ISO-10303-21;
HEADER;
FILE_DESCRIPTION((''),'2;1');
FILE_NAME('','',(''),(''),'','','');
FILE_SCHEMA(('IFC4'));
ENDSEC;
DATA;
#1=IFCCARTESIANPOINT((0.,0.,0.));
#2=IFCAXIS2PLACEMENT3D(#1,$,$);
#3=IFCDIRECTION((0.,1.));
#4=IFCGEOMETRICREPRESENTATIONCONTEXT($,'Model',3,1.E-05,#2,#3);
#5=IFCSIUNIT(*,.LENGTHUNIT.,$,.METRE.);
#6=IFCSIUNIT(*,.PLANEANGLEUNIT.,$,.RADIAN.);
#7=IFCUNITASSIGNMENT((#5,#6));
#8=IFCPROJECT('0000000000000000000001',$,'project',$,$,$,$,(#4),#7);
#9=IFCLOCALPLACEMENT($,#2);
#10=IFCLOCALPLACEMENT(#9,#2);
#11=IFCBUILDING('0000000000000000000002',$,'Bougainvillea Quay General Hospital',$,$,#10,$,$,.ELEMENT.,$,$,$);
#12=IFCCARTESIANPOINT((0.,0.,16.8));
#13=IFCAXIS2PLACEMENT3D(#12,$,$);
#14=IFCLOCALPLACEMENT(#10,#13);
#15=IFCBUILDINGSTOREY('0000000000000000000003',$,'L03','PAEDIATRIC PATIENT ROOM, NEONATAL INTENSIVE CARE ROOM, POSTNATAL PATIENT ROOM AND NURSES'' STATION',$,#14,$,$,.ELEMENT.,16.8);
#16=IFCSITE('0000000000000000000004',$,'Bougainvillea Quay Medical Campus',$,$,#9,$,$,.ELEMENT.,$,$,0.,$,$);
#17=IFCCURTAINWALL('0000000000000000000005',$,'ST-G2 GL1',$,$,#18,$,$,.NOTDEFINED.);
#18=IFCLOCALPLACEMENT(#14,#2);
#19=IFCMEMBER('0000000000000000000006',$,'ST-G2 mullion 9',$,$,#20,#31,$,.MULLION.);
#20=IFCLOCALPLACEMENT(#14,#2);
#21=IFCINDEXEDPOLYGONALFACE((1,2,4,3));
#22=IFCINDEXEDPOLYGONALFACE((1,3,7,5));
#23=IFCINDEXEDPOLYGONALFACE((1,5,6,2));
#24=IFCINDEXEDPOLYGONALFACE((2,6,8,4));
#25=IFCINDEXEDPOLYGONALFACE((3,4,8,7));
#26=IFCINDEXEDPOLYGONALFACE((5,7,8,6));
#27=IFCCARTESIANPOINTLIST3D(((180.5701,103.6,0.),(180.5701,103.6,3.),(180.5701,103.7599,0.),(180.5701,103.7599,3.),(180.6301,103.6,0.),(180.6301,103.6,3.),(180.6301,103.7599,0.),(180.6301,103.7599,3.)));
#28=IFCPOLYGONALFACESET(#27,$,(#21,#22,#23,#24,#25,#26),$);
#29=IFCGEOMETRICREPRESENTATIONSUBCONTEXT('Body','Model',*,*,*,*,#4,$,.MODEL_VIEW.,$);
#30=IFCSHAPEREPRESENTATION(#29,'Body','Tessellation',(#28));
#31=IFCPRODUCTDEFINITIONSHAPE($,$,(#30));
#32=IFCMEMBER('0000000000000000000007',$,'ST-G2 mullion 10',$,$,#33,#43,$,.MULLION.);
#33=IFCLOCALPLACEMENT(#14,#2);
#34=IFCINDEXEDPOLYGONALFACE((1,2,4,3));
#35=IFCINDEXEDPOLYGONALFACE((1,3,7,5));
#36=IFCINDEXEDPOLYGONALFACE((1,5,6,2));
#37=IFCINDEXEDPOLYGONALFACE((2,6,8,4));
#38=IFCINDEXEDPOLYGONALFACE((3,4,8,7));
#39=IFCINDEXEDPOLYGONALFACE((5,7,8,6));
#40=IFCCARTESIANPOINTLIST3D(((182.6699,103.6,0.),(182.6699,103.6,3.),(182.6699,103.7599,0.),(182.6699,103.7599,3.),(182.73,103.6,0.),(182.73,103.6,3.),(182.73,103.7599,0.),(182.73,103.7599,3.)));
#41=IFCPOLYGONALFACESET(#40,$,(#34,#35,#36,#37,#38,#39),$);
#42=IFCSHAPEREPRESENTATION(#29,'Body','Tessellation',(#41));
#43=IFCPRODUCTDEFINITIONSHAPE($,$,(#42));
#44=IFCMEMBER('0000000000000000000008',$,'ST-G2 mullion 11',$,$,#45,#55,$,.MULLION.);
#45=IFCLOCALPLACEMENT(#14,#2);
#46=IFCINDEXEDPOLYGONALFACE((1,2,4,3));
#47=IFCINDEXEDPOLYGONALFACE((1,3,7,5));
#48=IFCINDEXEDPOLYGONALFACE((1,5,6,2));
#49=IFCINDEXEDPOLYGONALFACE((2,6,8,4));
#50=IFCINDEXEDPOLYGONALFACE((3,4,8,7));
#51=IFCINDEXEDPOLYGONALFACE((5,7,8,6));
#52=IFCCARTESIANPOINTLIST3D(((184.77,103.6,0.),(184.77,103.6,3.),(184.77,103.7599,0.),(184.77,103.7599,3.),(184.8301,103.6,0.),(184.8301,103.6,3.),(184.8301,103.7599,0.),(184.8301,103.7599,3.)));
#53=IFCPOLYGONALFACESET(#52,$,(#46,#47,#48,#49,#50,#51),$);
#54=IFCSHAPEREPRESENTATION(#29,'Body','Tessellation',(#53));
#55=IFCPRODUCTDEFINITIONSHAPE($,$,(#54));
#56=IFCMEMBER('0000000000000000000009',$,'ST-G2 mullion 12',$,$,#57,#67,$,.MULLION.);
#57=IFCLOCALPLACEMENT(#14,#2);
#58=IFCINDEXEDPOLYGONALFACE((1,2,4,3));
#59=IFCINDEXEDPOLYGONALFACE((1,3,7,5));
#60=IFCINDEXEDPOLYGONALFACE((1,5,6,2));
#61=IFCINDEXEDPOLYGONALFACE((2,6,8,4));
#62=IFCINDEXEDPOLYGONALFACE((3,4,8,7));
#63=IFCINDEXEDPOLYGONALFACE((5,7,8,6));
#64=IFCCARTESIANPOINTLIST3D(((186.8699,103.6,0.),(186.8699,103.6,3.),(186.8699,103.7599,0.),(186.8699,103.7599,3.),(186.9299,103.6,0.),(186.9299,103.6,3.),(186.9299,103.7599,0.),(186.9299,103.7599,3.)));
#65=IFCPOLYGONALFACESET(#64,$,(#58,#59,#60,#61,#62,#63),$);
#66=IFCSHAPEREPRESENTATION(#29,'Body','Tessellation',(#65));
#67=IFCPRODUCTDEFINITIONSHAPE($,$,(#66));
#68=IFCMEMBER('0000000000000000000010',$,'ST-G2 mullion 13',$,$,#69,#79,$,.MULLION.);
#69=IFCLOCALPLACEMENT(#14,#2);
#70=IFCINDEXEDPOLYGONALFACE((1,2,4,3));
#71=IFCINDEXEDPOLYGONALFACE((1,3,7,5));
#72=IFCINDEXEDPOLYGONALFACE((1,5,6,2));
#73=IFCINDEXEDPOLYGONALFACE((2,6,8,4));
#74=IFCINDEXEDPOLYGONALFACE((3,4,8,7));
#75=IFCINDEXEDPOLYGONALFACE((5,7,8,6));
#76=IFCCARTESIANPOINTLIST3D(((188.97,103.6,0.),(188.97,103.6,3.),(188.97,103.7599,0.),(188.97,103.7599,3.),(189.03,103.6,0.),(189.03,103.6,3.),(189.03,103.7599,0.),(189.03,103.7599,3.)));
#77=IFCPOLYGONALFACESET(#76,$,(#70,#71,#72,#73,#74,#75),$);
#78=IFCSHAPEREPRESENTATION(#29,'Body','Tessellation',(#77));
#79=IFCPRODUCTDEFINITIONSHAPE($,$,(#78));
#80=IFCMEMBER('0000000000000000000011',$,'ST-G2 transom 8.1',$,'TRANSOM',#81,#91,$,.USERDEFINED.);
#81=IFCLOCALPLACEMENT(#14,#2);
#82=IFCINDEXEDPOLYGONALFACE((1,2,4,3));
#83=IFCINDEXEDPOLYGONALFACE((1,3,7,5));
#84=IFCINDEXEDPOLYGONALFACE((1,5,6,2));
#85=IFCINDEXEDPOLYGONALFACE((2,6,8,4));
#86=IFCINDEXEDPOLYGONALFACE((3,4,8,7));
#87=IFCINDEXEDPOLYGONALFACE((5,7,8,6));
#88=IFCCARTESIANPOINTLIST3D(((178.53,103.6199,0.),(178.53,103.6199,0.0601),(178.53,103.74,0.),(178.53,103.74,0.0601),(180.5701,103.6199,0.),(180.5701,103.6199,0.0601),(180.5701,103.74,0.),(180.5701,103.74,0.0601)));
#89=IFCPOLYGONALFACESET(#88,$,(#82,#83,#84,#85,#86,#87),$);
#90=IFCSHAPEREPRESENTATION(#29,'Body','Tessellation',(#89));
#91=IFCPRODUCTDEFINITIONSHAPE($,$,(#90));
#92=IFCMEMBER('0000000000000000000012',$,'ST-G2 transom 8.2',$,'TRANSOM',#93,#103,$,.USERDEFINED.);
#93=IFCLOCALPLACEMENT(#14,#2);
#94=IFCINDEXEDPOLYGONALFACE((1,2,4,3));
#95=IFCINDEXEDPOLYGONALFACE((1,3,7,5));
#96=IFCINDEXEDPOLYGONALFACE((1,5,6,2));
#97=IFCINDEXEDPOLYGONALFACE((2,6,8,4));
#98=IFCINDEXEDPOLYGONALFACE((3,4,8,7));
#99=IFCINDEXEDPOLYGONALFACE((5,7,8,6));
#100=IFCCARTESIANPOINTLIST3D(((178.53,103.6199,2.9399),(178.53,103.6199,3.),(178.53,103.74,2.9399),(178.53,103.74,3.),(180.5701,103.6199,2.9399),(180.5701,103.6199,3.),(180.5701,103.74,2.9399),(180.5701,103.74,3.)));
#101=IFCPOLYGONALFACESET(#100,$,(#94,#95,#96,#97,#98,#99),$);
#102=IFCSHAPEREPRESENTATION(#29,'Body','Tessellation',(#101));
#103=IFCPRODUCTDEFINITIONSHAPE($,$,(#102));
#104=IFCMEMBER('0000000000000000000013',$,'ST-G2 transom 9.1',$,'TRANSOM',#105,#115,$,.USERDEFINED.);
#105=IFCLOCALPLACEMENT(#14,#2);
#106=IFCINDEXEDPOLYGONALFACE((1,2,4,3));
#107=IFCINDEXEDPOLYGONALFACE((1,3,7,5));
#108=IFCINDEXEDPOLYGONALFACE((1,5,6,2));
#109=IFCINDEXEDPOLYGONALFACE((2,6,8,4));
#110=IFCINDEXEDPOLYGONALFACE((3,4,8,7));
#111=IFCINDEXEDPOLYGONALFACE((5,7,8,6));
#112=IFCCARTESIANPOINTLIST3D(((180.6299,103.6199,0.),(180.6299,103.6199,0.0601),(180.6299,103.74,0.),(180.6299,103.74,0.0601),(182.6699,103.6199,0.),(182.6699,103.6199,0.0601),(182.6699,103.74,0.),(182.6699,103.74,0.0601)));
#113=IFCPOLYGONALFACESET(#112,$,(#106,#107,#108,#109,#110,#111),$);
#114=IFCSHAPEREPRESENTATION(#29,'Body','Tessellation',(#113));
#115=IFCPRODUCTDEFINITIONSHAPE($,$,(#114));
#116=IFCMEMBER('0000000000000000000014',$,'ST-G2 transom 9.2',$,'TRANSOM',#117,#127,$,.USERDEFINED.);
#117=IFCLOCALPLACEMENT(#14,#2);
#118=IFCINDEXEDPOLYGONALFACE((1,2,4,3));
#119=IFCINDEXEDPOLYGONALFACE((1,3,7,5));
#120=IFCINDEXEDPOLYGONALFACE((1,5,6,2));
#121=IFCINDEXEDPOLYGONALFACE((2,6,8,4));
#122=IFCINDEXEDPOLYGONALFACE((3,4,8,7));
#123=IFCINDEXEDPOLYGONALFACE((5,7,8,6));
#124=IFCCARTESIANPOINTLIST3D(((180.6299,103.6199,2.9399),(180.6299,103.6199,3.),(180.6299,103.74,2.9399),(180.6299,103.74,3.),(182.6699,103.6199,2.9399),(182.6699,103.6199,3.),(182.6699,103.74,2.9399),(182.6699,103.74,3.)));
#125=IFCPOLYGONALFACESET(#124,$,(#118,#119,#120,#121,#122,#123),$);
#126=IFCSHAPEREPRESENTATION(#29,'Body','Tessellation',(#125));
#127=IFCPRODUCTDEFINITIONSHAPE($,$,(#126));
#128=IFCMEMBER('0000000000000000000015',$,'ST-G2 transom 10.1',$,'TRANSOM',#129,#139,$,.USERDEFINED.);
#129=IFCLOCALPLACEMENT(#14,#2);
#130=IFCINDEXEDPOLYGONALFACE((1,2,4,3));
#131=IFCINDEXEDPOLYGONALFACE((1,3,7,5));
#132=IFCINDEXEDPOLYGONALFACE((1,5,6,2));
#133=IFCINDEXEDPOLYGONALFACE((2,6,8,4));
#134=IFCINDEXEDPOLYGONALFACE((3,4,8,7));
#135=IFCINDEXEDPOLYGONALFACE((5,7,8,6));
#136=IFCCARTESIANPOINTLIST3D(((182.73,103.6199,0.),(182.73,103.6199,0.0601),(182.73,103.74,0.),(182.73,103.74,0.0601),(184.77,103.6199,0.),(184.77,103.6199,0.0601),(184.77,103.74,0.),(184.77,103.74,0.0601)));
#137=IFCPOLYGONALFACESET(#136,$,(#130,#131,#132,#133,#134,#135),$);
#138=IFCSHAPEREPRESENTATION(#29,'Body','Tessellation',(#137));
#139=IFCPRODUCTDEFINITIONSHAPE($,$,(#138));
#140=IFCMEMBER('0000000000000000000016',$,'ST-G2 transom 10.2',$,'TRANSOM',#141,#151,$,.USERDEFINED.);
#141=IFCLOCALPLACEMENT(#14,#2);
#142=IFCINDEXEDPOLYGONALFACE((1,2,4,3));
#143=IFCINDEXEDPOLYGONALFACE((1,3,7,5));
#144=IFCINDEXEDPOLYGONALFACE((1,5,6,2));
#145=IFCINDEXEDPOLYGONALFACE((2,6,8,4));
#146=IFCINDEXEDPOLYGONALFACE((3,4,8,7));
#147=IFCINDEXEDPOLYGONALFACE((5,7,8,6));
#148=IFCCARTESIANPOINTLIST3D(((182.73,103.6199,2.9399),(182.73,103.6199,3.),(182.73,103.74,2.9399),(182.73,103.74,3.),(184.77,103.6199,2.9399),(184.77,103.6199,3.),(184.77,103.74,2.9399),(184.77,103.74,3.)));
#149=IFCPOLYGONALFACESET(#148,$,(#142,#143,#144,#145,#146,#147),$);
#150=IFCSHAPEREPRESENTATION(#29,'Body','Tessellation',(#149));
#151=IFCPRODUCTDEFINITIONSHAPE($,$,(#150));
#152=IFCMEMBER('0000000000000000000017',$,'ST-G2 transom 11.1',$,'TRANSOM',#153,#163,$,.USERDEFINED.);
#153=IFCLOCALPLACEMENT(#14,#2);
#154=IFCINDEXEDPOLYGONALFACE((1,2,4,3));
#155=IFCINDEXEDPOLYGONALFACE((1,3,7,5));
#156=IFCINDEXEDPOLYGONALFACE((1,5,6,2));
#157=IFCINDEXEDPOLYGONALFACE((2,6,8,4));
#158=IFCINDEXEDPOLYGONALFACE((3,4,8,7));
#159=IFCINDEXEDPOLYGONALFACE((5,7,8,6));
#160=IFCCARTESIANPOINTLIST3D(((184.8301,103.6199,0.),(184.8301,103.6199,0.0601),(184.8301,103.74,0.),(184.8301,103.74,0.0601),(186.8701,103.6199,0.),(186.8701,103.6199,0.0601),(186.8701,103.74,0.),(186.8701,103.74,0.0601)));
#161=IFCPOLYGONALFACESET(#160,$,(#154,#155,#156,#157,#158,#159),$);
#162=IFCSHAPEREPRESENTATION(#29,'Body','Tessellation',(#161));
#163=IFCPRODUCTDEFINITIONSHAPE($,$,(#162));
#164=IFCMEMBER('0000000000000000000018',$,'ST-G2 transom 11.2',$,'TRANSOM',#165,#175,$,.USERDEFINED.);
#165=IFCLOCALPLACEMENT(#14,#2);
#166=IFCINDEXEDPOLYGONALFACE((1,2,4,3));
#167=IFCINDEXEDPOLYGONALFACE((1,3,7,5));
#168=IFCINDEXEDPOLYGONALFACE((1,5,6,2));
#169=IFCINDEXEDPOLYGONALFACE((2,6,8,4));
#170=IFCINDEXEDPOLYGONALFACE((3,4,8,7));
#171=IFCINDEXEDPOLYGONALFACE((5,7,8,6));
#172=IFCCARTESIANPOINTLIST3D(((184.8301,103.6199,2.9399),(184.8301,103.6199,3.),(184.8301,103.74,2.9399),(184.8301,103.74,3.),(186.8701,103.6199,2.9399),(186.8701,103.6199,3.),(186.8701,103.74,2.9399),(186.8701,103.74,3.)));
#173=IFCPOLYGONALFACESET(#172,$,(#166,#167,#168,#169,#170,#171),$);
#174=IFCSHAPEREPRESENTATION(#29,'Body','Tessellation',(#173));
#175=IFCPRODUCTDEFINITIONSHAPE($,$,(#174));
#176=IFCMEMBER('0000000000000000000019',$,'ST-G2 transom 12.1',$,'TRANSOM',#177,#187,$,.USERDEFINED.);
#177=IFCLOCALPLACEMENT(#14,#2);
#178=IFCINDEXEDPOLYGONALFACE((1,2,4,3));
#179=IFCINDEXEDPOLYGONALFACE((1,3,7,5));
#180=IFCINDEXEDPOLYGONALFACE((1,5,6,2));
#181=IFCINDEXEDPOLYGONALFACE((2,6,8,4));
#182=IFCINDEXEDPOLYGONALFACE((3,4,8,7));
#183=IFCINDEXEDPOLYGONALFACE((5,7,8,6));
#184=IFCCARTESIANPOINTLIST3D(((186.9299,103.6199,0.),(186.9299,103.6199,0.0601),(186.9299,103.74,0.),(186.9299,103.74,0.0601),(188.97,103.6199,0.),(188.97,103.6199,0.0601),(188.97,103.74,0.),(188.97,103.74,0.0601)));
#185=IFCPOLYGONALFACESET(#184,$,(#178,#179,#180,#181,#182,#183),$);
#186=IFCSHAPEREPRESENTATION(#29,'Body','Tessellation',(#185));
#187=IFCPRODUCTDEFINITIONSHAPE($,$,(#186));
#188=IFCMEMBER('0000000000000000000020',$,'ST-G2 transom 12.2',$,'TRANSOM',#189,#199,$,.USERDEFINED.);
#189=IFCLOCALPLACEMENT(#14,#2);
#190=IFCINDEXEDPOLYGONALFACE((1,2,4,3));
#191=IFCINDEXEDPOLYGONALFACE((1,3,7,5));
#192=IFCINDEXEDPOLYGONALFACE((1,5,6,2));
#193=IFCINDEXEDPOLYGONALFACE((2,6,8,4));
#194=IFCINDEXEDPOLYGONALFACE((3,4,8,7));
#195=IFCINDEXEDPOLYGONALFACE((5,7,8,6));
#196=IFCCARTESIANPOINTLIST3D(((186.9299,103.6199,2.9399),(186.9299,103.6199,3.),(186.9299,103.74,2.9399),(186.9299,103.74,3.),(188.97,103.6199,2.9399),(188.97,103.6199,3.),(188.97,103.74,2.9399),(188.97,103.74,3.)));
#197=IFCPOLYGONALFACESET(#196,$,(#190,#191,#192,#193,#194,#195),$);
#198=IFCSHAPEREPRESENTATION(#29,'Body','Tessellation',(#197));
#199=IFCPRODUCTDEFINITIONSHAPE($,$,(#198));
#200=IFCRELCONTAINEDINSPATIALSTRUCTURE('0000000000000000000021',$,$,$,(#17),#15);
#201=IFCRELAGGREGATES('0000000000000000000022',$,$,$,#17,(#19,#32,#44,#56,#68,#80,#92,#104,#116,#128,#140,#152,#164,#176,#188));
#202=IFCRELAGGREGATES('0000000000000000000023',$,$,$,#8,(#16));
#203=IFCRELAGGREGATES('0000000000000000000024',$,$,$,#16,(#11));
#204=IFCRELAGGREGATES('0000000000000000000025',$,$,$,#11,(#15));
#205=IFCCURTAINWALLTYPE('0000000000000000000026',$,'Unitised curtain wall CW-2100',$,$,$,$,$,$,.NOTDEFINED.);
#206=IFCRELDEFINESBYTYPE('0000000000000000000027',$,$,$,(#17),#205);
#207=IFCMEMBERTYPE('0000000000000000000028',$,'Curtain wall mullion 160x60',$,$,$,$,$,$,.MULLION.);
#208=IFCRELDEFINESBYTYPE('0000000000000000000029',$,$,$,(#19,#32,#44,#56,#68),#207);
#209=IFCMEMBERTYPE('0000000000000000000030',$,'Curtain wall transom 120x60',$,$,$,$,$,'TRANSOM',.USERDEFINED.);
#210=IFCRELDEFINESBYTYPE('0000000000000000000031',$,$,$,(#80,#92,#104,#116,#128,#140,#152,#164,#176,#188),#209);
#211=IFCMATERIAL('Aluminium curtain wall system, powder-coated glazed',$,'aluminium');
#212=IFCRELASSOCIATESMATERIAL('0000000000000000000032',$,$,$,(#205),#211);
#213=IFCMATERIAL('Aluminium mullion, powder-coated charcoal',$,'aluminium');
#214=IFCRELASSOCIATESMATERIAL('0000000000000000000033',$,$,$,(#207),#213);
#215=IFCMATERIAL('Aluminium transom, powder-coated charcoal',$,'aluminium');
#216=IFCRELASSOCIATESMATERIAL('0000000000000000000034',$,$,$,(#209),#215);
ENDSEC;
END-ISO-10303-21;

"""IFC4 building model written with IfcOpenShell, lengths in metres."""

from ifc_helpers import new_model, si_unit, direction, frame, origin, origin_2d, place, context, subcontext, project, spatial, rectangle, extrude, material, material_profile, profile_set, type_object, element, aggregate, save


model = new_model("IFC4")

# Units and contexts
model_context = context("Model", 3, precision=1e-05, world=origin(), true_north=direction((0.0, 1.0)))
body_context = subcontext(model_context, "Body", "Model", "MODEL_VIEW")
ifc_project = project(units=[si_unit("LENGTHUNIT", "METRE"), si_unit("PLANEANGLEUNIT", "RADIAN")], contexts=[model_context])

# Site, building, storey
site_placement = place(None, origin())
site = spatial("IfcSite", under=ifc_project, at=site_placement, Name="Bougainvillea Quay Medical Campus", CompositionType="ELEMENT", RefElevation=0.0)
building_placement = place(site_placement, origin())
building = spatial("IfcBuilding", under=site, at=building_placement, Name="Bougainvillea Quay General Hospital", CompositionType="ELEMENT")
storey_placement = place(building_placement, frame((0.0, 0.0, 16.8)))
storey = spatial("IfcBuildingStorey", under=building, at=storey_placement, Name="L03", Description="PAEDIATRIC PATIENT ROOM, NEONATAL INTENSIVE CARE ROOM, POSTNATAL PATIENT ROOM AND NURSES' STATION", CompositionType="ELEMENT", Elevation=16.8)

# Curtain wall, members
ifc_material_1 = material(Name="Aluminium curtain wall system, powder-coated glazed", Category="aluminium")
curtain_wall_type = type_object("IfcCurtainWallType", Name="Unitised curtain wall CW-2100", PredefinedType="NOTDEFINED", material=ifc_material_1)
curtain_wall_placement = place(storey_placement, origin())
curtain_wall = element("IfcCurtainWall", 1, at=curtain_wall_placement, inside=storey, type_object=curtain_wall_type, Name="ST-G2 GL1", PredefinedType="NOTDEFINED")
ifc_material_2 = material(Name="Aluminium mullion, powder-coated charcoal", Category="aluminium")
ifc_material_profile_1 = material_profile(ifc_material_2, rectangle(XDim=0.1599, YDim=0.0601, at=origin_2d()))
ifc_profile_set_1 = profile_set([ifc_material_profile_1], Name="Aluminium mullion, powder-coated charcoal")
member_type_1 = type_object("IfcMemberType", Name="Curtain wall mullion 160x60", PredefinedType="MULLION", material=ifc_profile_set_1)
member_1_placement = place(storey_placement, frame((180.6001, 103.6799, 0.0), z_axis=(0.0, 0.0, 1.0), x_axis=(0.0, 1.0, 0.0)))
member_1 = element("IfcMember", 2, at=member_1_placement, type_object=member_type_1, Name="ST-G2 mullion 9", PredefinedType="MULLION", context=body_context, shape_type="SweptSolid", body=[
    extrude(rectangle(XDim=0.1599, YDim=0.0601, at=origin_2d()), origin(), (0.0, 0.0, 1.0), 3.0),
])
member_2_placement = place(storey_placement, frame((182.7, 103.6799, 0.0), z_axis=(0.0, 0.0, 1.0), x_axis=(0.0, 1.0, 0.0)))
member_2 = element("IfcMember", 3, at=member_2_placement, type_object=member_type_1, Name="ST-G2 mullion 10", PredefinedType="MULLION", context=body_context, shape_type="SweptSolid", body=[
    extrude(rectangle(XDim=0.1599, YDim=0.0601, at=origin_2d()), origin(), (0.0, 0.0, 1.0), 3.0),
])
member_3_placement = place(storey_placement, frame((184.8, 103.6799, 0.0), z_axis=(0.0, 0.0, 1.0), x_axis=(0.0, 1.0, 0.0)))
member_3 = element("IfcMember", 4, at=member_3_placement, type_object=member_type_1, Name="ST-G2 mullion 11", PredefinedType="MULLION", context=body_context, shape_type="SweptSolid", body=[
    extrude(rectangle(XDim=0.1599, YDim=0.0601, at=origin_2d()), origin(), (0.0, 0.0, 1.0), 3.0),
])
member_4_placement = place(storey_placement, frame((186.8999, 103.6799, 0.0), z_axis=(0.0, 0.0, 1.0), x_axis=(0.0, 1.0, 0.0)))
member_4 = element("IfcMember", 5, at=member_4_placement, type_object=member_type_1, Name="ST-G2 mullion 12", PredefinedType="MULLION", context=body_context, shape_type="SweptSolid", body=[
    extrude(rectangle(XDim=0.1599, YDim=0.0601, at=origin_2d()), origin(), (0.0, 0.0, 1.0), 3.0),
])
member_5_placement = place(storey_placement, frame((189.0, 103.6799, 0.0), z_axis=(0.0, 0.0, 1.0), x_axis=(0.0, 1.0, 0.0)))
member_5 = element("IfcMember", 6, at=member_5_placement, type_object=member_type_1, Name="ST-G2 mullion 13", PredefinedType="MULLION", context=body_context, shape_type="SweptSolid", body=[
    extrude(rectangle(XDim=0.1599, YDim=0.0601, at=origin_2d()), origin(), (0.0, 0.0, 1.0), 3.0),
])
ifc_material_3 = material(Name="Aluminium transom, powder-coated charcoal", Category="aluminium")
ifc_material_profile_2 = material_profile(ifc_material_3, rectangle(XDim=0.1201, YDim=0.0601, at=origin_2d()))
ifc_profile_set_2 = profile_set([ifc_material_profile_2], Name="Aluminium transom, powder-coated charcoal")
member_type_2 = type_object("IfcMemberType", Name="Curtain wall transom 120x60", ElementType="TRANSOM", PredefinedType="USERDEFINED", material=ifc_profile_set_2)
member_6_placement = place(storey_placement, frame((178.53, 103.6799, 0.03), z_axis=(1.0, 0.0, 0.0), x_axis=(0.0, 1.0, 0.0)))
member_6 = element("IfcMember", 7, at=member_6_placement, type_object=member_type_2, Name="ST-G2 transom 8.1", ObjectType="TRANSOM", PredefinedType="USERDEFINED", context=body_context, shape_type="SweptSolid", body=[
    extrude(rectangle(XDim=0.1201, YDim=0.0601, at=origin_2d()), origin(), (0.0, 0.0, 1.0), 2.04),
])
member_7_placement = place(storey_placement, frame((178.53, 103.6799, 2.97), z_axis=(1.0, 0.0, 0.0), x_axis=(0.0, 1.0, 0.0)))
member_7 = element("IfcMember", 8, at=member_7_placement, type_object=member_type_2, Name="ST-G2 transom 8.2", ObjectType="TRANSOM", PredefinedType="USERDEFINED", context=body_context, shape_type="SweptSolid", body=[
    extrude(rectangle(XDim=0.1201, YDim=0.0601, at=origin_2d()), origin(), (0.0, 0.0, 1.0), 2.04),
])
member_8_placement = place(storey_placement, frame((180.6299, 103.6799, 0.03), z_axis=(1.0, 0.0, 0.0), x_axis=(0.0, 1.0, 0.0)))
member_8 = element("IfcMember", 9, at=member_8_placement, type_object=member_type_2, Name="ST-G2 transom 9.1", ObjectType="TRANSOM", PredefinedType="USERDEFINED", context=body_context, shape_type="SweptSolid", body=[
    extrude(rectangle(XDim=0.1201, YDim=0.0601, at=origin_2d()), origin(), (0.0, 0.0, 1.0), 2.04),
])
member_9_placement = place(storey_placement, frame((180.6299, 103.6799, 2.97), z_axis=(1.0, 0.0, 0.0), x_axis=(0.0, 1.0, 0.0)))
member_9 = element("IfcMember", 10, at=member_9_placement, type_object=member_type_2, Name="ST-G2 transom 9.2", ObjectType="TRANSOM", PredefinedType="USERDEFINED", context=body_context, shape_type="SweptSolid", body=[
    extrude(rectangle(XDim=0.1201, YDim=0.0601, at=origin_2d()), origin(), (0.0, 0.0, 1.0), 2.04),
])
member_10_placement = place(storey_placement, frame((182.73, 103.6799, 0.03), z_axis=(1.0, 0.0, 0.0), x_axis=(0.0, 1.0, 0.0)))
member_10 = element("IfcMember", 11, at=member_10_placement, type_object=member_type_2, Name="ST-G2 transom 10.1", ObjectType="TRANSOM", PredefinedType="USERDEFINED", context=body_context, shape_type="SweptSolid", body=[
    extrude(rectangle(XDim=0.1201, YDim=0.0601, at=origin_2d()), origin(), (0.0, 0.0, 1.0), 2.04),
])
member_11_placement = place(storey_placement, frame((182.73, 103.6799, 2.97), z_axis=(1.0, 0.0, 0.0), x_axis=(0.0, 1.0, 0.0)))
member_11 = element("IfcMember", 12, at=member_11_placement, type_object=member_type_2, Name="ST-G2 transom 10.2", ObjectType="TRANSOM", PredefinedType="USERDEFINED", context=body_context, shape_type="SweptSolid", body=[
    extrude(rectangle(XDim=0.1201, YDim=0.0601, at=origin_2d()), origin(), (0.0, 0.0, 1.0), 2.04),
])
member_12_placement = place(storey_placement, frame((184.8301, 103.6799, 0.03), z_axis=(1.0, 0.0, 0.0), x_axis=(0.0, 1.0, 0.0)))
member_12 = element("IfcMember", 13, at=member_12_placement, type_object=member_type_2, Name="ST-G2 transom 11.1", ObjectType="TRANSOM", PredefinedType="USERDEFINED", context=body_context, shape_type="SweptSolid", body=[
    extrude(rectangle(XDim=0.1201, YDim=0.0601, at=origin_2d()), origin(), (0.0, 0.0, 1.0), 2.04),
])
member_13_placement = place(storey_placement, frame((184.8301, 103.6799, 2.97), z_axis=(1.0, 0.0, 0.0), x_axis=(0.0, 1.0, 0.0)))
member_13 = element("IfcMember", 14, at=member_13_placement, type_object=member_type_2, Name="ST-G2 transom 11.2", ObjectType="TRANSOM", PredefinedType="USERDEFINED", context=body_context, shape_type="SweptSolid", body=[
    extrude(rectangle(XDim=0.1201, YDim=0.0601, at=origin_2d()), origin(), (0.0, 0.0, 1.0), 2.04),
])
member_14_placement = place(storey_placement, frame((186.9299, 103.6799, 0.03), z_axis=(1.0, 0.0, 0.0), x_axis=(0.0, 1.0, 0.0)))
member_14 = element("IfcMember", 15, at=member_14_placement, type_object=member_type_2, Name="ST-G2 transom 12.1", ObjectType="TRANSOM", PredefinedType="USERDEFINED", context=body_context, shape_type="SweptSolid", body=[
    extrude(rectangle(XDim=0.1201, YDim=0.0601, at=origin_2d()), origin(), (0.0, 0.0, 1.0), 2.04),
])
member_15_placement = place(storey_placement, frame((186.9299, 103.6799, 2.97), z_axis=(1.0, 0.0, 0.0), x_axis=(0.0, 1.0, 0.0)))
member_15 = element("IfcMember", 16, at=member_15_placement, type_object=member_type_2, Name="ST-G2 transom 12.2", ObjectType="TRANSOM", PredefinedType="USERDEFINED", context=body_context, shape_type="SweptSolid", body=[
    extrude(rectangle(XDim=0.1201, YDim=0.0601, at=origin_2d()), origin(), (0.0, 0.0, 1.0), 2.04),
])
aggregate(curtain_wall, [member_1, member_2, member_3, member_4, member_5, member_6, member_7, member_8, member_9, member_10, member_11, member_12, member_13, member_14, member_15])

save(model, "model.ifc")
